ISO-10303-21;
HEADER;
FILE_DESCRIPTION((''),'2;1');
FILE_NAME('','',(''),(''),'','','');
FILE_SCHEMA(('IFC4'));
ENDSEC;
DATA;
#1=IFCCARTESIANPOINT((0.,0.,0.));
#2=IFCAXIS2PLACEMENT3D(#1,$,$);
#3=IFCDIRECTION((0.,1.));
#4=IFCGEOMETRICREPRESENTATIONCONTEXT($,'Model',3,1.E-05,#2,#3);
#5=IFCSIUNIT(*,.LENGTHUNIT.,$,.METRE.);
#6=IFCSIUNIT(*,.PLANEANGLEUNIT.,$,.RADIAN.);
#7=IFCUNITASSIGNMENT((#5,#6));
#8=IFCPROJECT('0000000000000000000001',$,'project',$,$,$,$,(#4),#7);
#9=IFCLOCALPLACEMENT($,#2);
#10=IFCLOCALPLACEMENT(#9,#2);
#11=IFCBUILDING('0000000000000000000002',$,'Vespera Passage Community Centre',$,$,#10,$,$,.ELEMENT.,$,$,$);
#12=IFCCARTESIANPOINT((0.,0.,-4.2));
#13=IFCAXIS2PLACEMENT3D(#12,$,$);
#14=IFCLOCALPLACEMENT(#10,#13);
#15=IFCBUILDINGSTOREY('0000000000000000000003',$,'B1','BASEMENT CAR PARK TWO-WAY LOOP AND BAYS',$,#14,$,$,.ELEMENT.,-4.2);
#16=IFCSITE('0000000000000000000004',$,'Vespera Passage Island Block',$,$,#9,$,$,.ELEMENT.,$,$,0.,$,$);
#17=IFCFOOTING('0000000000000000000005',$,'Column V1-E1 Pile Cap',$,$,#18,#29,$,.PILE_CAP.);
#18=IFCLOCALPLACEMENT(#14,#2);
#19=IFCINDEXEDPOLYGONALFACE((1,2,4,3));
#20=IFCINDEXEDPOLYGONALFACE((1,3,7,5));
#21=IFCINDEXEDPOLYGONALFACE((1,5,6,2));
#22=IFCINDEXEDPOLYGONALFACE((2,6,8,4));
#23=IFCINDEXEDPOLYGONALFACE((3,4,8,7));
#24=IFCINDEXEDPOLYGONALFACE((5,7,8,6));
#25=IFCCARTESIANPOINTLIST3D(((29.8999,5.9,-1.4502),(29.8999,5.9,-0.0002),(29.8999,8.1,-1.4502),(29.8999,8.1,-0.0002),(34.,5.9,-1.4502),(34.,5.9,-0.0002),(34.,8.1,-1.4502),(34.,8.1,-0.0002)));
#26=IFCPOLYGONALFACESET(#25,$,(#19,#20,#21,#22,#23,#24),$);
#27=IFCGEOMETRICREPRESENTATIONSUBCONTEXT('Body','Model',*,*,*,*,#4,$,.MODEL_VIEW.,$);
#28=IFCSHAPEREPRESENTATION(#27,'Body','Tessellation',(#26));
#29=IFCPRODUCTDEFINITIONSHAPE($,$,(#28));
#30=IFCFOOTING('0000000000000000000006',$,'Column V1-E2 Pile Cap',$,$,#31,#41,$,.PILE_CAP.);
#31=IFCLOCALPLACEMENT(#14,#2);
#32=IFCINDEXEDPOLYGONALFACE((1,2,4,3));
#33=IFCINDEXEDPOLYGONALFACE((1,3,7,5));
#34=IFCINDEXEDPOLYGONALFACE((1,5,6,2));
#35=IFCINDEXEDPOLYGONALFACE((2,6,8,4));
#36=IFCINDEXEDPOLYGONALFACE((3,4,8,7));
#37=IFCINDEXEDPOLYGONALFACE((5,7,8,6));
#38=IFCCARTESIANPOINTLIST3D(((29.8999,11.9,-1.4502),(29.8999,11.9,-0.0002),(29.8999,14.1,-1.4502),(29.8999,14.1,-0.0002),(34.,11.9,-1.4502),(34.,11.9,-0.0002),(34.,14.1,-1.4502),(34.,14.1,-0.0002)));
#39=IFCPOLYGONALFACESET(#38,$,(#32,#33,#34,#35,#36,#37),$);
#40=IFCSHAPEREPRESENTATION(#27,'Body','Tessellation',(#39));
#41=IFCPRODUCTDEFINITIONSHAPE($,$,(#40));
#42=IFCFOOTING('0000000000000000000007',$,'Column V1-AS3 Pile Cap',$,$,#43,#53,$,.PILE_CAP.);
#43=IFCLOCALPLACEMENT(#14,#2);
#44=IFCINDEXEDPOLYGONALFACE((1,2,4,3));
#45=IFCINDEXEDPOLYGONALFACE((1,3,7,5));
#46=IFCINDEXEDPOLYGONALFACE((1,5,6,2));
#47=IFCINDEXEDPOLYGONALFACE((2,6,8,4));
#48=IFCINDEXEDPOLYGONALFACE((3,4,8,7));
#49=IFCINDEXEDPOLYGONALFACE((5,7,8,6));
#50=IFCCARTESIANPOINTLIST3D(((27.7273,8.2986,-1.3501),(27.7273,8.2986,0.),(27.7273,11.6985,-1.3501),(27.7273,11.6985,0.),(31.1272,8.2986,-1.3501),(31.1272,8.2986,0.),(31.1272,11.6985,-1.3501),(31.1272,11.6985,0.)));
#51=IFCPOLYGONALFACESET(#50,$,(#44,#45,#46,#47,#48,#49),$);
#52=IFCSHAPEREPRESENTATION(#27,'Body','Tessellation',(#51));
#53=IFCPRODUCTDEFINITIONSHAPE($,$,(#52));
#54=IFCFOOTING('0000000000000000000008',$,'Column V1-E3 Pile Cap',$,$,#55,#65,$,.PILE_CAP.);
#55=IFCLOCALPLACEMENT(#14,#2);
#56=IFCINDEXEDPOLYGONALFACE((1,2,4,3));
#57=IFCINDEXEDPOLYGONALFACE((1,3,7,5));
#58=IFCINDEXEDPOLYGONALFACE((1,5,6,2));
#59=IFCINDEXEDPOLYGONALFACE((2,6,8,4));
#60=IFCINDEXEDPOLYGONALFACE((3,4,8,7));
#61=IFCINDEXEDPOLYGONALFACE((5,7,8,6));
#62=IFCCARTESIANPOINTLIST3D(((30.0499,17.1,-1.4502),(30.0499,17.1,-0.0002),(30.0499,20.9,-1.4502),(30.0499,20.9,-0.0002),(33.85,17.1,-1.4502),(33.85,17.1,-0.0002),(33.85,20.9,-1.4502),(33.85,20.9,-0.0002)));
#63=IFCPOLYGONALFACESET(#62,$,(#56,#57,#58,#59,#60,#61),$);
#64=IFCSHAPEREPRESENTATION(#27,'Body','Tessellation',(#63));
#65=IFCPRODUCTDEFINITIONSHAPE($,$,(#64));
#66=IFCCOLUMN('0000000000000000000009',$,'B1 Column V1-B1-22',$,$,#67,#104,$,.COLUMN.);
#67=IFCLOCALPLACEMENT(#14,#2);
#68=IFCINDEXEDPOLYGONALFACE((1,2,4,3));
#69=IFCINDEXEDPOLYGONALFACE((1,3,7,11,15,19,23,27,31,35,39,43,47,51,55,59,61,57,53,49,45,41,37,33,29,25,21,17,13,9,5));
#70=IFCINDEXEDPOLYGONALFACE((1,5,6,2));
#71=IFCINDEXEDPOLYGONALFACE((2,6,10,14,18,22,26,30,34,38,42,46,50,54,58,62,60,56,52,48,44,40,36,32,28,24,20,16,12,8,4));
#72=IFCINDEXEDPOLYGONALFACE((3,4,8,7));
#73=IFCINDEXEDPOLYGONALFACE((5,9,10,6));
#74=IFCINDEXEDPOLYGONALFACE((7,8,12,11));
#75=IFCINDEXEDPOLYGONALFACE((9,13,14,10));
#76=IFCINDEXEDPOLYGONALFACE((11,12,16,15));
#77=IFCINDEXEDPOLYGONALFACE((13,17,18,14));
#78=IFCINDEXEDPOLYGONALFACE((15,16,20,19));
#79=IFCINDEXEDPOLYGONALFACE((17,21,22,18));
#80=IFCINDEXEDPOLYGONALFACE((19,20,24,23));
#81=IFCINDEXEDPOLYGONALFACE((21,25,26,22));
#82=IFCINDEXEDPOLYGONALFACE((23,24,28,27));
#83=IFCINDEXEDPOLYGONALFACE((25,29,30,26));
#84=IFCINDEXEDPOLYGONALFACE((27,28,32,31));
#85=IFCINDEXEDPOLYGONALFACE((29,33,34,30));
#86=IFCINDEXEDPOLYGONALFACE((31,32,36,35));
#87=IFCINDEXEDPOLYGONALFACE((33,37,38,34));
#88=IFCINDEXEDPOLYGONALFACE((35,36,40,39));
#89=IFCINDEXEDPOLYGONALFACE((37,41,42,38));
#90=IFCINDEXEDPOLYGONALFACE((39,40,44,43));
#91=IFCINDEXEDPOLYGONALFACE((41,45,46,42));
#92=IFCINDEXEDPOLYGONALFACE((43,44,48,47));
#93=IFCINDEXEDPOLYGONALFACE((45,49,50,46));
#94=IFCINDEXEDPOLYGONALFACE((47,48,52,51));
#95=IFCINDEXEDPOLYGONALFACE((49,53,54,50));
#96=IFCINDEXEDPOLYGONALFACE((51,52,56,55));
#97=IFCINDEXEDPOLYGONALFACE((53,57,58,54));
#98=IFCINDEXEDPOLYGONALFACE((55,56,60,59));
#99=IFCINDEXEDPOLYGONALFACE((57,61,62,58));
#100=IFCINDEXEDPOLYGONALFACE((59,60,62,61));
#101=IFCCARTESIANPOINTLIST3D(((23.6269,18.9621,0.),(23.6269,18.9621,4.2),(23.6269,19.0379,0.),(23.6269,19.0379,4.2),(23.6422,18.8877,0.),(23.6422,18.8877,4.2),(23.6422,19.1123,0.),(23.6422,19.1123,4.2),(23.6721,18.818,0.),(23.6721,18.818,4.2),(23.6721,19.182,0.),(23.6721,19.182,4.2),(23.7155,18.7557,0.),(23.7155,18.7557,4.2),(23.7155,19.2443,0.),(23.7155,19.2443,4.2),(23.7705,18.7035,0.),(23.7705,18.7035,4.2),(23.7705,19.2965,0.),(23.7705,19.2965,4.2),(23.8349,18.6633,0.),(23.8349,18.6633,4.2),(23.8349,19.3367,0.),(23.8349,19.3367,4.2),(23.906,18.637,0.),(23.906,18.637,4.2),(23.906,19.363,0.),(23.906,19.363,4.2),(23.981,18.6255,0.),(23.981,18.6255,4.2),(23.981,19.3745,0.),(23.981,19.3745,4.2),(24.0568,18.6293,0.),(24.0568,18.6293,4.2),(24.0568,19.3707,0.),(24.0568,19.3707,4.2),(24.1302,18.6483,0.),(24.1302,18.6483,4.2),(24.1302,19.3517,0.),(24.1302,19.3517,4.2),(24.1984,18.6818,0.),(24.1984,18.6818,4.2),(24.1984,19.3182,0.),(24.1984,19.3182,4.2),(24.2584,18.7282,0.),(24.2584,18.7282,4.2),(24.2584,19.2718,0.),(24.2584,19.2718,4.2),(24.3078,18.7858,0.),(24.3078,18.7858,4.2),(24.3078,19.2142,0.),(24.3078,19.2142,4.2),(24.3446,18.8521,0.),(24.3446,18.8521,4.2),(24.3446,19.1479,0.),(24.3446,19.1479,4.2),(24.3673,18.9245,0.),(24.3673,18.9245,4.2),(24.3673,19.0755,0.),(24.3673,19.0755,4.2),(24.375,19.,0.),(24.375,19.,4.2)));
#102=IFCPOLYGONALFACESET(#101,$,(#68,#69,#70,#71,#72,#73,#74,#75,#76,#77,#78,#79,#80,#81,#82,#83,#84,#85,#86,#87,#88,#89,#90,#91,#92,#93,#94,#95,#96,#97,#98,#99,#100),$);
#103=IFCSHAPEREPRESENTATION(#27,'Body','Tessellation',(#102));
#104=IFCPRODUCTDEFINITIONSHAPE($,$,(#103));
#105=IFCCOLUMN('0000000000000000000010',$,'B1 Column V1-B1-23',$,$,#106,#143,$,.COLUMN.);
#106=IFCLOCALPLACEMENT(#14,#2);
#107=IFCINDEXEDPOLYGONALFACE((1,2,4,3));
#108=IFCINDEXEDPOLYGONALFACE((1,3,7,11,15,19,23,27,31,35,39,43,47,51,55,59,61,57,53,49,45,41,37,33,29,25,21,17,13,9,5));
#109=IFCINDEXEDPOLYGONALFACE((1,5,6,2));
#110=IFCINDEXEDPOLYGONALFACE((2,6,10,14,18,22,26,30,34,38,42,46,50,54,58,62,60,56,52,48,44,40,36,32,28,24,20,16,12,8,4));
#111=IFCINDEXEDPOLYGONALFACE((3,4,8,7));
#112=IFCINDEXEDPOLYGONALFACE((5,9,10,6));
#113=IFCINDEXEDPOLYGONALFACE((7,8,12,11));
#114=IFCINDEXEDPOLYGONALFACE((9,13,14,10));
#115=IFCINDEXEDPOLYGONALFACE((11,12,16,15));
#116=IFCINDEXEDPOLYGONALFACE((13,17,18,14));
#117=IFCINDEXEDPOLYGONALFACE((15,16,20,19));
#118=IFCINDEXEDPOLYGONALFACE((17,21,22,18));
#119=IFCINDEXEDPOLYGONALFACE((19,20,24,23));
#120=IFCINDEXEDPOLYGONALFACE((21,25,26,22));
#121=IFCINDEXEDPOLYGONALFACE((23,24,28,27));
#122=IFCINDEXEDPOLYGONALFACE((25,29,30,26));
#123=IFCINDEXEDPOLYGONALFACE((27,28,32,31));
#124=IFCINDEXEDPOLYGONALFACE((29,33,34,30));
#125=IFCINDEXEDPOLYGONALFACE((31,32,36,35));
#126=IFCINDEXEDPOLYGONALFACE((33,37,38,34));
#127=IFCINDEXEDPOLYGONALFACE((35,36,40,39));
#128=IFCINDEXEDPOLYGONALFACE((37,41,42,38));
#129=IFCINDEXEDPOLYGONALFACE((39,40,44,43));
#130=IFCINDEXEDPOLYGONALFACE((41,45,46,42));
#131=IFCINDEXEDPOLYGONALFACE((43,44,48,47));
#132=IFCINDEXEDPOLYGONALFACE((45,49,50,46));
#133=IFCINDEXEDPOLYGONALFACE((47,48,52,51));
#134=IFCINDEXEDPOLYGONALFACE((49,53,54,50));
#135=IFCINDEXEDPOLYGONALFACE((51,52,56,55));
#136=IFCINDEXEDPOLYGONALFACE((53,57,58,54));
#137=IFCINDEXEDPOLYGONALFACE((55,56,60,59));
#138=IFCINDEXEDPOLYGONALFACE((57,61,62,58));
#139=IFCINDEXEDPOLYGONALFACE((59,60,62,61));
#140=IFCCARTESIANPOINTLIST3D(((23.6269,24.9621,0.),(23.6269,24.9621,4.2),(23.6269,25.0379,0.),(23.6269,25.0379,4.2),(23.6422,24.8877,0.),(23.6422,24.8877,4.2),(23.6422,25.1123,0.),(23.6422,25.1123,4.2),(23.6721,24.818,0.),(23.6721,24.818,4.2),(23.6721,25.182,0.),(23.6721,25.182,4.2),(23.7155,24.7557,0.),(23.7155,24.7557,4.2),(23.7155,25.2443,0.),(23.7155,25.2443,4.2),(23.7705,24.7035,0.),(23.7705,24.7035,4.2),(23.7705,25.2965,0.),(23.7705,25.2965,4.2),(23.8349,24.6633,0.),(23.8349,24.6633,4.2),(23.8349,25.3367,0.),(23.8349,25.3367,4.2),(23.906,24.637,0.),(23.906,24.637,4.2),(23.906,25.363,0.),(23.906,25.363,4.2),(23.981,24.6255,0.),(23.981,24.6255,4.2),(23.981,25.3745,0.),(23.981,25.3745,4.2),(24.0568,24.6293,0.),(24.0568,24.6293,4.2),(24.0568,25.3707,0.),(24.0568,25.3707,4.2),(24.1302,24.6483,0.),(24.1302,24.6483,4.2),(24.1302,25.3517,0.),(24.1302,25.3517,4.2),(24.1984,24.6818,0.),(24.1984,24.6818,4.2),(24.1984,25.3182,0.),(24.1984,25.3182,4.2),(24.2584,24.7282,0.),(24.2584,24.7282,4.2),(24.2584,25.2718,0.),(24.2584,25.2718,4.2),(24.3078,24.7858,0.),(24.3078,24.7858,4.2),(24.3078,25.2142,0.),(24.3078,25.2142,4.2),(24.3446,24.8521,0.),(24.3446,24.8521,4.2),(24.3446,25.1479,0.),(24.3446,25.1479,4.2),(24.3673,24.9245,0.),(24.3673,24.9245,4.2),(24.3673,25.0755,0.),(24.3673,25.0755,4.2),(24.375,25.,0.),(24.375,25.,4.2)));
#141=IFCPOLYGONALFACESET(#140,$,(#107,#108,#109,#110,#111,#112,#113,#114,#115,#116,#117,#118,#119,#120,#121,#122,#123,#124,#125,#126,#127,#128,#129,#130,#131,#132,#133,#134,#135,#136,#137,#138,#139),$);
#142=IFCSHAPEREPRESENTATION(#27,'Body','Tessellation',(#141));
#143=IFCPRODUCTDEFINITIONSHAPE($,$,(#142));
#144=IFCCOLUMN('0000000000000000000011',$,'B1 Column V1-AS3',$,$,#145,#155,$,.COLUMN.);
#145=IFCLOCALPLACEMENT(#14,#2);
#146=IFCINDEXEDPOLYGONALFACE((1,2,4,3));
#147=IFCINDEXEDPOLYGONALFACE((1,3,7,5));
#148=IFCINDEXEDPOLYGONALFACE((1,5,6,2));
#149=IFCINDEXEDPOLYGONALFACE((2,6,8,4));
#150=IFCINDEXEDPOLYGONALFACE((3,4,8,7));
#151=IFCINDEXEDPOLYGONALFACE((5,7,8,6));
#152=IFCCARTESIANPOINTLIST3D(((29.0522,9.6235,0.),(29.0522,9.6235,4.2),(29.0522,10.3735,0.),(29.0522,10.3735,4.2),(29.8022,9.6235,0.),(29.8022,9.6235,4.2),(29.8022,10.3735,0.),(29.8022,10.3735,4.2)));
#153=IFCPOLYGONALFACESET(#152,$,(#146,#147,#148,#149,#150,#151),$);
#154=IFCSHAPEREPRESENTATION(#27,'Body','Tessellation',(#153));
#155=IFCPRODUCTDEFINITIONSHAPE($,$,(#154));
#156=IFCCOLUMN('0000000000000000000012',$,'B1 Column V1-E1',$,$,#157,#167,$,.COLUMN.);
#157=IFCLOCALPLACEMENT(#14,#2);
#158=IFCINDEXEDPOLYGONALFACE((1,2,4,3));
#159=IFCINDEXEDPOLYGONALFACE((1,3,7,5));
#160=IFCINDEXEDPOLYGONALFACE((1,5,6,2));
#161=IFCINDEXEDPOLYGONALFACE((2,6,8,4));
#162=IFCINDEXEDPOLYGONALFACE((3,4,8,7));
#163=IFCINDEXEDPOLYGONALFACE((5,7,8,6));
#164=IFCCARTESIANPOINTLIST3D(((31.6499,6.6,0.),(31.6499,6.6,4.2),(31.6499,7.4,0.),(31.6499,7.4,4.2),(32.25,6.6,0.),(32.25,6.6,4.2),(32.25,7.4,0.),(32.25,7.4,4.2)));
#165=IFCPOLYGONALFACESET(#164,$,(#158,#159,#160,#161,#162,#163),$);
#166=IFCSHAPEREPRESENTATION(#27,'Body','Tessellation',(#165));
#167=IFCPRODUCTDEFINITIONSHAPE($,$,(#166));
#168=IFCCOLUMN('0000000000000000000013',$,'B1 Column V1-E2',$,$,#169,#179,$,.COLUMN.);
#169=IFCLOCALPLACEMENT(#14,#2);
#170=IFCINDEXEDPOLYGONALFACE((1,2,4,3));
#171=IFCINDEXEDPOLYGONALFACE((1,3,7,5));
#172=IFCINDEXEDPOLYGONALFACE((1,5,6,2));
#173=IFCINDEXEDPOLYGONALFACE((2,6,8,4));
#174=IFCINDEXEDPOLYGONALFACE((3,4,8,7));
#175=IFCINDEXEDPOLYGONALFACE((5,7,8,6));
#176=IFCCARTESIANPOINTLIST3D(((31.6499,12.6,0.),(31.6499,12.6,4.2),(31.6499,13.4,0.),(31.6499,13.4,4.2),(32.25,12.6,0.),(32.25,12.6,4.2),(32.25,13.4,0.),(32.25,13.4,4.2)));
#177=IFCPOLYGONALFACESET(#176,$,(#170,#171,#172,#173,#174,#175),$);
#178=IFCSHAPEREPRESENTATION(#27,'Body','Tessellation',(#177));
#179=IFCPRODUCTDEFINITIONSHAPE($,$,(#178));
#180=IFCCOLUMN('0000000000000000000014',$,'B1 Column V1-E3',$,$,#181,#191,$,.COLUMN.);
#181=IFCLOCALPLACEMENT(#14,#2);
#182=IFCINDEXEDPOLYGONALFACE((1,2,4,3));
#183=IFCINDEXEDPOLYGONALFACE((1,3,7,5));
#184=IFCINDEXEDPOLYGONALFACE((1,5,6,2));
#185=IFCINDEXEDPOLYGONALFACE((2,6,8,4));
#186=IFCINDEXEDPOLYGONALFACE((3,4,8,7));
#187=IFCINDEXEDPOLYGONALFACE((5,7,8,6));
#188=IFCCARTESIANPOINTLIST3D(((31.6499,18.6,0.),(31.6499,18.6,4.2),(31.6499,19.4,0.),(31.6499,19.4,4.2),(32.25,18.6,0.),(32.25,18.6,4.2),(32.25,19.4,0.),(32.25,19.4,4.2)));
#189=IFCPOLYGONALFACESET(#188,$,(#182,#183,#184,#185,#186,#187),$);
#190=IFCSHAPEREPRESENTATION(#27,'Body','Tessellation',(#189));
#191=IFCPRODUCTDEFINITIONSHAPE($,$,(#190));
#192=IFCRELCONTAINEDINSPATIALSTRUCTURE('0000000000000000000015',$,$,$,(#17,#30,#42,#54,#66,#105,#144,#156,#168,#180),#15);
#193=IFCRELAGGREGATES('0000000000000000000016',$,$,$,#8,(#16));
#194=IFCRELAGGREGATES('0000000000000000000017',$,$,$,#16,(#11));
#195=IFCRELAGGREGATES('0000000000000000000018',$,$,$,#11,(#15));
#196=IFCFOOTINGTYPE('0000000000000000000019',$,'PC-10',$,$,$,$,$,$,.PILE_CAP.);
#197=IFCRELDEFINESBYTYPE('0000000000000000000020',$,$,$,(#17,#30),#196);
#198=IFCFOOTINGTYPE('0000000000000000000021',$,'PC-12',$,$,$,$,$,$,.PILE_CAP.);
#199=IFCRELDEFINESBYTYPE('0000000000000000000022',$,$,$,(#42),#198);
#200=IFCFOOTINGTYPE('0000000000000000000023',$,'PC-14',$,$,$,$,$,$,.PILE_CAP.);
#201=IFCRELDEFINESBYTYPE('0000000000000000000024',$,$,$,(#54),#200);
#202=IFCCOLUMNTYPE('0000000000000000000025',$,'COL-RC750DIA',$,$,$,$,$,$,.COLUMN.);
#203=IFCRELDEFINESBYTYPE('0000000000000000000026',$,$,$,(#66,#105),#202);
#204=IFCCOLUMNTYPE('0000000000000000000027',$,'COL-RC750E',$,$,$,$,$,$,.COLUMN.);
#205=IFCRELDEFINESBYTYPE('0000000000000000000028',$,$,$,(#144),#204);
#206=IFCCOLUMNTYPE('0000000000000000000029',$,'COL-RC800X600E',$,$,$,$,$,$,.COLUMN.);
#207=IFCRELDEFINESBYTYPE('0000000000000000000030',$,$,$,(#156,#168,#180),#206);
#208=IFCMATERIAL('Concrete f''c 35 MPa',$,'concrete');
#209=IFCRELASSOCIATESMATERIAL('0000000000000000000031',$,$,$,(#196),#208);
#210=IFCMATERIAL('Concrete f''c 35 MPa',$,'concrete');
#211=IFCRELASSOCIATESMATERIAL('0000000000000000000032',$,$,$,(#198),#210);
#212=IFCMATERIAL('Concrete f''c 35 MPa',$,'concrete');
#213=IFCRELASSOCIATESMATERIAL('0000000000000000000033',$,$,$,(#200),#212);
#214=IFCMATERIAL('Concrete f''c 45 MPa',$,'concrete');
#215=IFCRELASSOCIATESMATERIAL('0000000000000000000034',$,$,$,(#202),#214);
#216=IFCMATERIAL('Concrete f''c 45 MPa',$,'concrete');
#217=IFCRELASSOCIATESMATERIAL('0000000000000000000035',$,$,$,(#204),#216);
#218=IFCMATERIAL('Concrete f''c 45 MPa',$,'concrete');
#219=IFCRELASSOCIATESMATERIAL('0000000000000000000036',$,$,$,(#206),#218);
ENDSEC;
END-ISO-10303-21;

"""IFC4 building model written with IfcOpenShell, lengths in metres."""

from ifc_helpers import new_model, si_unit, direction, frame, origin, origin_2d, place, context, subcontext, project, spatial, rectangle, circle, extrude, material, material_profile, profile_set, type_object, element, save


model = new_model("IFC4")

# Units and contexts
model_context = context("Model", 3, precision=1e-05, world=origin(), true_north=direction((0.0, 1.0)))
body_context = subcontext(model_context, "Body", "Model", "MODEL_VIEW")
ifc_project = project(units=[si_unit("LENGTHUNIT", "METRE"), si_unit("PLANEANGLEUNIT", "RADIAN")], contexts=[model_context])

# Site, building, storey
site_placement = place(None, origin())
site = spatial("IfcSite", under=ifc_project, at=site_placement, Name="Vespera Passage Island Block", CompositionType="ELEMENT", RefElevation=0.0)
building_placement = place(site_placement, origin())
building = spatial("IfcBuilding", under=site, at=building_placement, Name="Vespera Passage Community Centre", CompositionType="ELEMENT")
storey_placement = place(building_placement, frame((0.0, 0.0, -4.2)))
storey = spatial("IfcBuildingStorey", under=building, at=storey_placement, Name="B1", Description="BASEMENT CAR PARK TWO-WAY LOOP AND BAYS", CompositionType="ELEMENT", Elevation=-4.2)

# Footings
ifc_material_1 = material(Name="Concrete f'c 35 MPa", Category="concrete")
footing_type_1 = type_object("IfcFootingType", Name="PC-10", PredefinedType="PILE_CAP", material=ifc_material_1)
for number, where, z_axis, x_axis, name in (
    (1, (31.95, 7.0, -1.4502), (0.0, 0.0, 1.0), (1.0, 0.0, 0.0), "Column V1-E1 Pile Cap"),
    (2, (31.95, 13.0, -1.4502), (0.0, 0.0, 1.0), (1.0, 0.0, 0.0), "Column V1-E2 Pile Cap"),
):
    element("IfcFooting", number, at=place(storey_placement, frame(where, z_axis=z_axis, x_axis=x_axis)), inside=storey, type_object=footing_type_1, Name=name, PredefinedType="PILE_CAP", context=body_context, shape_type="SweptSolid", body=[
        extrude(rectangle(XDim=4.1001, YDim=2.2, at=origin_2d()), origin(), (0.0, 0.0, 1.0), 1.45),
    ])
ifc_material_2 = material(Name="Concrete f'c 35 MPa", Category="concrete")
footing_type_2 = type_object("IfcFootingType", Name="PC-12", PredefinedType="PILE_CAP", material=ifc_material_2)
footing_1_placement = place(storey_placement, frame((29.4272, 9.9985, -1.3501), z_axis=(0.0, 0.0, 1.0), x_axis=(1.0, 0.0, 0.0)))
element("IfcFooting", 3, at=footing_1_placement, inside=storey, type_object=footing_type_2, Name="Column V1-AS3 Pile Cap", PredefinedType="PILE_CAP", context=body_context, shape_type="SweptSolid", body=[
    extrude(rectangle(XDim=3.3999, YDim=3.3999, at=origin_2d()), origin(), (0.0, 0.0, 1.0), 1.3501),
])
ifc_material_3 = material(Name="Concrete f'c 35 MPa", Category="concrete")
footing_type_3 = type_object("IfcFootingType", Name="PC-14", PredefinedType="PILE_CAP", material=ifc_material_3)
footing_2_placement = place(storey_placement, frame((31.95, 19.0, -1.4502), z_axis=(0.0, 0.0, 1.0), x_axis=(1.0, 0.0, 0.0)))
element("IfcFooting", 4, at=footing_2_placement, inside=storey, type_object=footing_type_3, Name="Column V1-E3 Pile Cap", PredefinedType="PILE_CAP", context=body_context, shape_type="SweptSolid", body=[
    extrude(rectangle(XDim=3.8, YDim=3.8, at=origin_2d()), origin(), (0.0, 0.0, 1.0), 1.45),
])

# Columns
ifc_material_4 = material(Name="Concrete f'c 45 MPa", Category="concrete")
ifc_material_profile_1 = material_profile(ifc_material_4, circle(Radius=0.375, at=origin_2d()), Name="RC750DIA")
ifc_profile_set_1 = profile_set([ifc_material_profile_1], Name="Concrete f'c 45 MPa")
column_type_1 = type_object("IfcColumnType", Name="COL-RC750DIA", PredefinedType="COLUMN", material=ifc_profile_set_1)
for number, where, z_axis, x_axis, name in (
    (5, (24.0, 19.0, 0.0), (0.0, 0.0, 1.0), (1.0, 0.0, 0.0), "B1 Column V1-B1-22"),
    (6, (24.0, 25.0, 0.0), (0.0, 0.0, 1.0), (1.0, 0.0, 0.0), "B1 Column V1-B1-23"),
):
    element("IfcColumn", number, at=place(storey_placement, frame(where, z_axis=z_axis, x_axis=x_axis)), inside=storey, type_object=column_type_1, Name=name, PredefinedType="COLUMN", context=body_context, shape_type="SweptSolid", body=[
        extrude(circle(Radius=0.375, at=origin_2d()), origin(), (0.0, 0.0, 1.0), 4.2),
    ])
ifc_material_5 = material(Name="Concrete f'c 45 MPa", Category="concrete")
ifc_material_profile_2 = material_profile(ifc_material_5, rectangle(XDim=0.75, YDim=0.75, at=origin_2d()), Name="RC750X750")
ifc_profile_set_2 = profile_set([ifc_material_profile_2], Name="Concrete f'c 45 MPa")
column_type_2 = type_object("IfcColumnType", Name="COL-RC750E", PredefinedType="COLUMN", material=ifc_profile_set_2)
column_placement = place(storey_placement, frame((29.4272, 9.9985, 0.0), z_axis=(0.0, 0.0, 1.0), x_axis=(1.0, 0.0, 0.0)))
element("IfcColumn", 7, at=column_placement, inside=storey, type_object=column_type_2, Name="B1 Column V1-AS3", PredefinedType="COLUMN", context=body_context, shape_type="SweptSolid", body=[
    extrude(rectangle(XDim=0.75, YDim=0.75, at=origin_2d()), origin(), (0.0, 0.0, 1.0), 4.2),
])
ifc_material_6 = material(Name="Concrete f'c 45 MPa", Category="concrete")
ifc_material_profile_3 = material_profile(ifc_material_6, rectangle(XDim=0.6001, YDim=0.8, at=origin_2d()), Name="RC800X600")
ifc_profile_set_3 = profile_set([ifc_material_profile_3], Name="Concrete f'c 45 MPa")
column_type_3 = type_object("IfcColumnType", Name="COL-RC800X600E", PredefinedType="COLUMN", material=ifc_profile_set_3)
for number, where, z_axis, x_axis, name in (
    (8, (31.95, 7.0, 0.0), (0.0, 0.0, 1.0), (1.0, 0.0, 0.0), "B1 Column V1-E1"),
    (9, (31.95, 13.0, 0.0), (0.0, 0.0, 1.0), (1.0, 0.0, 0.0), "B1 Column V1-E2"),
    (10, (31.95, 19.0, 0.0), (0.0, 0.0, 1.0), (1.0, 0.0, 0.0), "B1 Column V1-E3"),
):
    element("IfcColumn", number, at=place(storey_placement, frame(where, z_axis=z_axis, x_axis=x_axis)), inside=storey, type_object=column_type_3, Name=name, PredefinedType="COLUMN", context=body_context, shape_type="SweptSolid", body=[
        extrude(rectangle(XDim=0.6001, YDim=0.8, at=origin_2d()), origin(), (0.0, 0.0, 1.0), 4.2),
    ])

save(model, "model.ifc")
